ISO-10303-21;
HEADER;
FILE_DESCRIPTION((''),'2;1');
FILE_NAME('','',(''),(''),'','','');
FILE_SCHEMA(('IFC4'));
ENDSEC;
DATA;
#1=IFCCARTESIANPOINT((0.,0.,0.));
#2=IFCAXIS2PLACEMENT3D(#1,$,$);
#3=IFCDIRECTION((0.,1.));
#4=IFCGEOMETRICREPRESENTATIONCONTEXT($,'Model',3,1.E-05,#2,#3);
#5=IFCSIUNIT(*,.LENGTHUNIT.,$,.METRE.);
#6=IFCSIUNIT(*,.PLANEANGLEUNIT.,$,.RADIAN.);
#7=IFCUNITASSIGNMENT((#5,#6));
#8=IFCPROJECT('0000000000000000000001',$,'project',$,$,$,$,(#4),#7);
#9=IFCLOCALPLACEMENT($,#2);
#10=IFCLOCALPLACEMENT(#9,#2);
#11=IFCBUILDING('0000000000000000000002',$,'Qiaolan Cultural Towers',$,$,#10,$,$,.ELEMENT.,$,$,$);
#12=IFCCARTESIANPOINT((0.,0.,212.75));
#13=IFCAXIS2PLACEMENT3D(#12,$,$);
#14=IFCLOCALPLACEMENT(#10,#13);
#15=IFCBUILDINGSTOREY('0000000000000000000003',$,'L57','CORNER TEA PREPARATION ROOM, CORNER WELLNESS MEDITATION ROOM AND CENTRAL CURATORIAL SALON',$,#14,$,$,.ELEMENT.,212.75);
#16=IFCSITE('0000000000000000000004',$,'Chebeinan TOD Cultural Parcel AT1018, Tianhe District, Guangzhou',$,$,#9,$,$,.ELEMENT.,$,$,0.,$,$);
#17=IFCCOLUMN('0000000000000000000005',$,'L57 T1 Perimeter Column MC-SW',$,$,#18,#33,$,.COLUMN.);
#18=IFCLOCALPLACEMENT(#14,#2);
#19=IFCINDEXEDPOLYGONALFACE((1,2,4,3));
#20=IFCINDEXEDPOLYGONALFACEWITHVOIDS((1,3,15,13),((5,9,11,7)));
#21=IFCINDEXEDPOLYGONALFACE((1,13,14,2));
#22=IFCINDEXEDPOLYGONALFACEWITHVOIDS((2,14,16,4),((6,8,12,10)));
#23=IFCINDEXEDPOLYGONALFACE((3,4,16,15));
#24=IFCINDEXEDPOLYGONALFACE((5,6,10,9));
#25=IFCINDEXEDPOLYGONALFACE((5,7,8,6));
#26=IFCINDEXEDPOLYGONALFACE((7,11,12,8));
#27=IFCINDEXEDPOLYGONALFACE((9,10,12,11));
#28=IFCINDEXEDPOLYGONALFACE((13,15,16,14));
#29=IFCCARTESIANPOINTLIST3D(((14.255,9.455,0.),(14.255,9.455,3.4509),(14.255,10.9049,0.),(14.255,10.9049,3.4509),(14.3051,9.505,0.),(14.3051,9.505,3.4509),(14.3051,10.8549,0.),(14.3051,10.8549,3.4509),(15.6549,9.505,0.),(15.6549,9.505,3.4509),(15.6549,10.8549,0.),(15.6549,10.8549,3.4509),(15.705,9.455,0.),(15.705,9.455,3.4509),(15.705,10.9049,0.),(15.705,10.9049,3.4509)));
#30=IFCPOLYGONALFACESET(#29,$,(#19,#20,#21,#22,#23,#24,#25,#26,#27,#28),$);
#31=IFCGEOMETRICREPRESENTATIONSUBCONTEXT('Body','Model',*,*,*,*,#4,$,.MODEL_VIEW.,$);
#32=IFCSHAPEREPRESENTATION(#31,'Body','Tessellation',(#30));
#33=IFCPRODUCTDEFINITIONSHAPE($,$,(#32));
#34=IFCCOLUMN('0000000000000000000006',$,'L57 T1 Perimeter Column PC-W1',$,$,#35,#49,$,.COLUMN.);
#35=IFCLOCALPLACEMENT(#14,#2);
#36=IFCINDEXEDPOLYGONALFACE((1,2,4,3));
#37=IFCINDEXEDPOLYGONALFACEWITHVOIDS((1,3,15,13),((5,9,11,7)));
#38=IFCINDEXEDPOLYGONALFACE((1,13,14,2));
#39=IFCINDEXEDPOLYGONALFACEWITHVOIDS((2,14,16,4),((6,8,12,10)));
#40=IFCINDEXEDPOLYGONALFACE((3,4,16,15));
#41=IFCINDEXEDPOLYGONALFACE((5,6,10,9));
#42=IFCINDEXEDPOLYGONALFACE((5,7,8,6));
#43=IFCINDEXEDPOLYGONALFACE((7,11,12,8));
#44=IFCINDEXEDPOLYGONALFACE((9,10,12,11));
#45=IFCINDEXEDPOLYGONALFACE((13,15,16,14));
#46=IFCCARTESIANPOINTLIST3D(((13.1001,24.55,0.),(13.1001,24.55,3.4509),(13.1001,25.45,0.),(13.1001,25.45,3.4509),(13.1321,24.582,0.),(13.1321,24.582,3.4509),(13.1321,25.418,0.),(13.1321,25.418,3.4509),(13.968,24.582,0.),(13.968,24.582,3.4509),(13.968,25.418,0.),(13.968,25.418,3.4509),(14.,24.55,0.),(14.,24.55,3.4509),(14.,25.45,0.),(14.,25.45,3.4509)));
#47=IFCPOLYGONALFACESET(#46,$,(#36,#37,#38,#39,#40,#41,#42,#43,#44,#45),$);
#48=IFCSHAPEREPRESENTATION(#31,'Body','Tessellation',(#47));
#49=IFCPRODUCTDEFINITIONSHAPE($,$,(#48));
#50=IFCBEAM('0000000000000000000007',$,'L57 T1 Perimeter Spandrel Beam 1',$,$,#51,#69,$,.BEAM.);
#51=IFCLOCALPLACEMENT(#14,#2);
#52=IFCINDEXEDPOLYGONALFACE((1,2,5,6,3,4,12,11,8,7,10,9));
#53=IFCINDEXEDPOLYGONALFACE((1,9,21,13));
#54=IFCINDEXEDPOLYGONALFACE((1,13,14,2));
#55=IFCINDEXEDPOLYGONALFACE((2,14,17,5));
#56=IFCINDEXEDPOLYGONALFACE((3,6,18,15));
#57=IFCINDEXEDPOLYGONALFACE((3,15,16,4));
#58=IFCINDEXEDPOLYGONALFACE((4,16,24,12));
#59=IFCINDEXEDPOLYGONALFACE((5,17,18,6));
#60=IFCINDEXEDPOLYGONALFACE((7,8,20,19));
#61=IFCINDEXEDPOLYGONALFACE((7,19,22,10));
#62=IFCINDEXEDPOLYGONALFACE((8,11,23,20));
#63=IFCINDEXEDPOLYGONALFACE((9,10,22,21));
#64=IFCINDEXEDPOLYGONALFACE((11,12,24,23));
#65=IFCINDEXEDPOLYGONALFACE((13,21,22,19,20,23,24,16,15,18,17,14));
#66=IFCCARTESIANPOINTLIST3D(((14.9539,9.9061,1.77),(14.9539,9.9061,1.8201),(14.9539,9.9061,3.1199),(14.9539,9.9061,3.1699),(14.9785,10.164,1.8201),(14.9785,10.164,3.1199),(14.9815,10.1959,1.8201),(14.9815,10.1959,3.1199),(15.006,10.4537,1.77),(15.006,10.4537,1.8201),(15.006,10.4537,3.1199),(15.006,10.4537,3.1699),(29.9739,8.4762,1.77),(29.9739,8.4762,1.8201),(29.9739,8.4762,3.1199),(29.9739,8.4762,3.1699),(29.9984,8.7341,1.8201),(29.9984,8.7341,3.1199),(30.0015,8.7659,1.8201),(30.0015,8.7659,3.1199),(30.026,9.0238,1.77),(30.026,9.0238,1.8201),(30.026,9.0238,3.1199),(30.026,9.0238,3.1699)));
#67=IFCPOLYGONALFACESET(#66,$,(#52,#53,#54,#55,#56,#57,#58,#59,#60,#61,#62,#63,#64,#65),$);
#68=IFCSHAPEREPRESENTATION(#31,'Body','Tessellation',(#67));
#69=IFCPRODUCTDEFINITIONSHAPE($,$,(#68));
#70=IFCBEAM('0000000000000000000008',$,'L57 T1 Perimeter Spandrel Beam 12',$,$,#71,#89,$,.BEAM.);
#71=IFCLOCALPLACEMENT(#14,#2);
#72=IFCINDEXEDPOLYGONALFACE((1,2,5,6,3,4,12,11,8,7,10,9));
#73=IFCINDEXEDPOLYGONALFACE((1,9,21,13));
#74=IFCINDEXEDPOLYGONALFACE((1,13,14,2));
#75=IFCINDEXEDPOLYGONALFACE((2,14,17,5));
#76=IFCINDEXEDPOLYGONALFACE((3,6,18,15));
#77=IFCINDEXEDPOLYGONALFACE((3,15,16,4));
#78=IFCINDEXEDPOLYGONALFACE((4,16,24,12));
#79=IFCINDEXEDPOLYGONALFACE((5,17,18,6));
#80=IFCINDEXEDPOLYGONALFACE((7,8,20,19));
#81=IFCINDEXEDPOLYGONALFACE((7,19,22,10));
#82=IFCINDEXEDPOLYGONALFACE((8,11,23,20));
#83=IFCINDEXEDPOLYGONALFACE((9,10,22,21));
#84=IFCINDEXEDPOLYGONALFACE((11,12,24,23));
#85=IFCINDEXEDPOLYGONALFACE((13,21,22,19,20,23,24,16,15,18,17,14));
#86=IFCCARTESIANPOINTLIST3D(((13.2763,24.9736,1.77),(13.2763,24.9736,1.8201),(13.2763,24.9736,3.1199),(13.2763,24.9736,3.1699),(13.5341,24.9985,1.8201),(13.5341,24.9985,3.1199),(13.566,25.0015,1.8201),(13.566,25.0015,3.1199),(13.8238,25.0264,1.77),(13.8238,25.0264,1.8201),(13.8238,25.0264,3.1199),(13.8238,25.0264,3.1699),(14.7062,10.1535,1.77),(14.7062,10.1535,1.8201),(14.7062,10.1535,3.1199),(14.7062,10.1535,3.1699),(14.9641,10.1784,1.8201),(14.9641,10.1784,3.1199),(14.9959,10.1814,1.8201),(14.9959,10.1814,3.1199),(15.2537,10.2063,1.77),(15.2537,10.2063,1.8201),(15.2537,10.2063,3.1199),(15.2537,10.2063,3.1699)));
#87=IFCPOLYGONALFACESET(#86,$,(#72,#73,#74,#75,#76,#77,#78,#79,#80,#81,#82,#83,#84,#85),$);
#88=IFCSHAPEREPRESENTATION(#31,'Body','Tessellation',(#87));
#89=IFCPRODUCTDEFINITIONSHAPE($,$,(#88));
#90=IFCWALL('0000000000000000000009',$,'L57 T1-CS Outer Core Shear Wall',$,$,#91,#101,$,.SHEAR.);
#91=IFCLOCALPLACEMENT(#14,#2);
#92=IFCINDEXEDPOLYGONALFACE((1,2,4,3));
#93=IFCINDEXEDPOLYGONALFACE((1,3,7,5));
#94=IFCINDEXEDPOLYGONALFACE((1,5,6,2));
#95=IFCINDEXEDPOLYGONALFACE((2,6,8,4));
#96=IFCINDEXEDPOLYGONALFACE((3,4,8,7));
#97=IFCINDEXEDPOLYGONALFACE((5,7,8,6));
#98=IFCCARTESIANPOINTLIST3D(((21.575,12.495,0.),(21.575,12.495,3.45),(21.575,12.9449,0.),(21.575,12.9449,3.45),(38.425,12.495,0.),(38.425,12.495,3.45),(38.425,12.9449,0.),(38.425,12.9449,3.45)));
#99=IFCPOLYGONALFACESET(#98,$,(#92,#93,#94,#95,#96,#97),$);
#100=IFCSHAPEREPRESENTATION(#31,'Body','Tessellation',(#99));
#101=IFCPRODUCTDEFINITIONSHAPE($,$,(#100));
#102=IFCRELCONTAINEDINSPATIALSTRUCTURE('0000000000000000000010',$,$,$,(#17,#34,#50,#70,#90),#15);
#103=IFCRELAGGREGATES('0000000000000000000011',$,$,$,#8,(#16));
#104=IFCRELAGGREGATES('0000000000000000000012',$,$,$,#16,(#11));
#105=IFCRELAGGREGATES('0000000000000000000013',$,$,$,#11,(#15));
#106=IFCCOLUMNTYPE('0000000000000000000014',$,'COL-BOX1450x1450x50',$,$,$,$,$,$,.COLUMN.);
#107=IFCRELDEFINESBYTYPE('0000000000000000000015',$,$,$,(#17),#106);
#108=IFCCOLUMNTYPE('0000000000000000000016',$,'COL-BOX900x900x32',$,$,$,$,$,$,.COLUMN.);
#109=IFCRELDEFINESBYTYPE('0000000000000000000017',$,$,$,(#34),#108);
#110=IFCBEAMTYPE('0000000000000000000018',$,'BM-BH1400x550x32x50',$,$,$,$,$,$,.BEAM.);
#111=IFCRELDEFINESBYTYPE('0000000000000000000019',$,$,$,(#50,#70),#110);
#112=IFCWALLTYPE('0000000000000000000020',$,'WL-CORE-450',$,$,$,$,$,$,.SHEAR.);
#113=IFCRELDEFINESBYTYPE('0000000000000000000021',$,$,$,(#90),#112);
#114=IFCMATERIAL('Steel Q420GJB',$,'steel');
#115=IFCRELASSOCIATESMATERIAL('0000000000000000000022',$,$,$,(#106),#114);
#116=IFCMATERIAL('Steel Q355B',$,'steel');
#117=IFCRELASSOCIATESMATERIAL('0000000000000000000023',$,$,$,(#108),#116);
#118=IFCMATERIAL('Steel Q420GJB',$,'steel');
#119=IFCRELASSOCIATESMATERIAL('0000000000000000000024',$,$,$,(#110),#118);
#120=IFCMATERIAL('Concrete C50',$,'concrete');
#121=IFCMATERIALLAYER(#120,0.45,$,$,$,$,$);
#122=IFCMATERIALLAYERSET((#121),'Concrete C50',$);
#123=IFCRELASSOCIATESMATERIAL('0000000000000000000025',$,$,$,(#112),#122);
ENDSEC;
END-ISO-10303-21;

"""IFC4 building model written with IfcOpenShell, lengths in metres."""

from ifc_helpers import new_model, si_unit, direction, frame, frame_2d, origin, origin_2d, place, context, subcontext, project, spatial, rectangle, hollow_rectangle, i_section, extrude, material, layer, layer_set, material_profile, profile_set, type_object, element, save


model = new_model("IFC4")

# Units and contexts
model_context = context("Model", 3, precision=1e-05, world=origin(), true_north=direction((0.0, 1.0)))
body_context = subcontext(model_context, "Body", "Model", "MODEL_VIEW")
ifc_project = project(units=[si_unit("LENGTHUNIT", "METRE"), si_unit("PLANEANGLEUNIT", "RADIAN")], contexts=[model_context])

# Site, building, storey
site_placement = place(None, origin())
site = spatial("IfcSite", under=ifc_project, at=site_placement, Name="Chebeinan TOD Cultural Parcel AT1018, Tianhe District, Guangzhou", CompositionType="ELEMENT", RefElevation=0.0)
building_placement = place(site_placement, origin())
building = spatial("IfcBuilding", under=site, at=building_placement, Name="Qiaolan Cultural Towers", CompositionType="ELEMENT")
storey_placement = place(building_placement, frame((0.0, 0.0, 212.75)))
storey = spatial("IfcBuildingStorey", under=building, at=storey_placement, Name="L57", Description="CORNER TEA PREPARATION ROOM, CORNER WELLNESS MEDITATION ROOM AND CENTRAL CURATORIAL SALON", CompositionType="ELEMENT", Elevation=212.75)

# Columns
ifc_material_1 = material(Name="Steel Q420GJB", Category="steel")
ifc_material_profile_1 = material_profile(ifc_material_1, hollow_rectangle(XDim=1.45, YDim=1.45, WallThickness=0.05, at=origin_2d()), Name="BOX1450x1450x50")
ifc_profile_set_1 = profile_set([ifc_material_profile_1], Name="Steel Q420GJB")
column_type_1 = type_object("IfcColumnType", Name="COL-BOX1450x1450x50", PredefinedType="COLUMN", material=ifc_profile_set_1)
column_1_placement = place(storey_placement, frame((14.98, 10.1799, 0.0), z_axis=(0.0, 0.0, 1.0), x_axis=(1.0, 0.0, 0.0)))
element("IfcColumn", 1, at=column_1_placement, inside=storey, type_object=column_type_1, Name="L57 T1 Perimeter Column MC-SW", PredefinedType="COLUMN", context=body_context, shape_type="SweptSolid", body=[
    extrude(hollow_rectangle(XDim=1.45, YDim=1.45, WallThickness=0.05, at=origin_2d()), origin(), (0.0, 0.0, 1.0), 3.4509),
])
ifc_material_2 = material(Name="Steel Q355B", Category="steel")
ifc_material_profile_2 = material_profile(ifc_material_2, hollow_rectangle(XDim=0.8999, YDim=0.8999, WallThickness=0.032, at=origin_2d()), Name="BOX900x900x32")
ifc_profile_set_2 = profile_set([ifc_material_profile_2], Name="Steel Q355B")
column_type_2 = type_object("IfcColumnType", Name="COL-BOX900x900x32", PredefinedType="COLUMN", material=ifc_profile_set_2)
column_2_placement = place(storey_placement, frame((13.55, 25.0, 0.0), z_axis=(0.0, 0.0, 1.0), x_axis=(1.0, 0.0, 0.0)))
element("IfcColumn", 2, at=column_2_placement, inside=storey, type_object=column_type_2, Name="L57 T1 Perimeter Column PC-W1", PredefinedType="COLUMN", context=body_context, shape_type="SweptSolid", body=[
    extrude(hollow_rectangle(XDim=0.8999, YDim=0.8999, WallThickness=0.032, at=origin_2d()), origin(), (0.0, 0.0, 1.0), 3.4509),
])

# Beams
ifc_material_3 = material(Name="Steel Q420GJB", Category="steel")
ifc_material_profile_3 = material_profile(ifc_material_3, i_section(OverallWidth=0.55, OverallDepth=1.3999, WebThickness=0.032, FlangeThickness=0.05, at=origin_2d()), Name="BH1400x550x32x50")
ifc_profile_set_3 = profile_set([ifc_material_profile_3], Name="Steel Q420GJB")
beam_type = type_object("IfcBeamType", Name="BM-BH1400x550x32x50", PredefinedType="BEAM", material=ifc_profile_set_3)
beam_1_placement = place(storey_placement, frame((14.98, 10.1799, 2.47), z_axis=(0.995499, -0.094773, 0.0), x_axis=(0.094773, 0.995499, 0.0)))
element("IfcBeam", 3, at=beam_1_placement, inside=storey, type_object=beam_type, Name="L57 T1 Perimeter Spandrel Beam 1", PredefinedType="BEAM", context=body_context, shape_type="SweptSolid", body=[
    extrude(i_section(OverallWidth=0.55, OverallDepth=1.3999, WebThickness=0.032, FlangeThickness=0.05, at=origin_2d()), origin(), (0.0, 0.0, 1.0), 15.0879),
])
beam_2_placement = place(storey_placement, frame((13.55, 25.0, 2.47), z_axis=(0.09604, -0.995377, 0.0), x_axis=(0.995377, 0.09604, 0.0)))
element("IfcBeam", 4, at=beam_2_placement, inside=storey, type_object=beam_type, Name="L57 T1 Perimeter Spandrel Beam 12", PredefinedType="BEAM", context=body_context, shape_type="SweptSolid", body=[
    extrude(i_section(OverallWidth=0.55, OverallDepth=1.3999, WebThickness=0.032, FlangeThickness=0.05, at=origin_2d()), origin(), (0.0, 0.0, 1.0), 14.8889),
])

# Wall
ifc_material_4 = material(Name="Concrete C50", Category="concrete")
ifc_layer_1 = layer(ifc_material_4, 0.45)
ifc_layer_set_1 = layer_set([ifc_layer_1], Name="Concrete C50")
wall_type_1 = type_object("IfcWallType", Name="WL-CORE-450", PredefinedType="SHEAR", material=ifc_layer_set_1)
wall_1_placement = place(storey_placement, frame((21.575, 12.72, 0.0), z_axis=(0.0, 0.0, 1.0), x_axis=(1.0, 0.0, 0.0)))
element("IfcWall", 5, at=wall_1_placement, inside=storey, type_object=wall_type_1, Name="L57 T1-CS Outer Core Shear Wall", PredefinedType="SHEAR", context=body_context, shape_type="SweptSolid", body=[
    extrude(rectangle(XDim=16.8501, YDim=0.45, at=frame_2d((8.425, 0.0))), origin(), (0.0, 0.0, 1.0), 3.45),
])

save(model, "model.ifc")
